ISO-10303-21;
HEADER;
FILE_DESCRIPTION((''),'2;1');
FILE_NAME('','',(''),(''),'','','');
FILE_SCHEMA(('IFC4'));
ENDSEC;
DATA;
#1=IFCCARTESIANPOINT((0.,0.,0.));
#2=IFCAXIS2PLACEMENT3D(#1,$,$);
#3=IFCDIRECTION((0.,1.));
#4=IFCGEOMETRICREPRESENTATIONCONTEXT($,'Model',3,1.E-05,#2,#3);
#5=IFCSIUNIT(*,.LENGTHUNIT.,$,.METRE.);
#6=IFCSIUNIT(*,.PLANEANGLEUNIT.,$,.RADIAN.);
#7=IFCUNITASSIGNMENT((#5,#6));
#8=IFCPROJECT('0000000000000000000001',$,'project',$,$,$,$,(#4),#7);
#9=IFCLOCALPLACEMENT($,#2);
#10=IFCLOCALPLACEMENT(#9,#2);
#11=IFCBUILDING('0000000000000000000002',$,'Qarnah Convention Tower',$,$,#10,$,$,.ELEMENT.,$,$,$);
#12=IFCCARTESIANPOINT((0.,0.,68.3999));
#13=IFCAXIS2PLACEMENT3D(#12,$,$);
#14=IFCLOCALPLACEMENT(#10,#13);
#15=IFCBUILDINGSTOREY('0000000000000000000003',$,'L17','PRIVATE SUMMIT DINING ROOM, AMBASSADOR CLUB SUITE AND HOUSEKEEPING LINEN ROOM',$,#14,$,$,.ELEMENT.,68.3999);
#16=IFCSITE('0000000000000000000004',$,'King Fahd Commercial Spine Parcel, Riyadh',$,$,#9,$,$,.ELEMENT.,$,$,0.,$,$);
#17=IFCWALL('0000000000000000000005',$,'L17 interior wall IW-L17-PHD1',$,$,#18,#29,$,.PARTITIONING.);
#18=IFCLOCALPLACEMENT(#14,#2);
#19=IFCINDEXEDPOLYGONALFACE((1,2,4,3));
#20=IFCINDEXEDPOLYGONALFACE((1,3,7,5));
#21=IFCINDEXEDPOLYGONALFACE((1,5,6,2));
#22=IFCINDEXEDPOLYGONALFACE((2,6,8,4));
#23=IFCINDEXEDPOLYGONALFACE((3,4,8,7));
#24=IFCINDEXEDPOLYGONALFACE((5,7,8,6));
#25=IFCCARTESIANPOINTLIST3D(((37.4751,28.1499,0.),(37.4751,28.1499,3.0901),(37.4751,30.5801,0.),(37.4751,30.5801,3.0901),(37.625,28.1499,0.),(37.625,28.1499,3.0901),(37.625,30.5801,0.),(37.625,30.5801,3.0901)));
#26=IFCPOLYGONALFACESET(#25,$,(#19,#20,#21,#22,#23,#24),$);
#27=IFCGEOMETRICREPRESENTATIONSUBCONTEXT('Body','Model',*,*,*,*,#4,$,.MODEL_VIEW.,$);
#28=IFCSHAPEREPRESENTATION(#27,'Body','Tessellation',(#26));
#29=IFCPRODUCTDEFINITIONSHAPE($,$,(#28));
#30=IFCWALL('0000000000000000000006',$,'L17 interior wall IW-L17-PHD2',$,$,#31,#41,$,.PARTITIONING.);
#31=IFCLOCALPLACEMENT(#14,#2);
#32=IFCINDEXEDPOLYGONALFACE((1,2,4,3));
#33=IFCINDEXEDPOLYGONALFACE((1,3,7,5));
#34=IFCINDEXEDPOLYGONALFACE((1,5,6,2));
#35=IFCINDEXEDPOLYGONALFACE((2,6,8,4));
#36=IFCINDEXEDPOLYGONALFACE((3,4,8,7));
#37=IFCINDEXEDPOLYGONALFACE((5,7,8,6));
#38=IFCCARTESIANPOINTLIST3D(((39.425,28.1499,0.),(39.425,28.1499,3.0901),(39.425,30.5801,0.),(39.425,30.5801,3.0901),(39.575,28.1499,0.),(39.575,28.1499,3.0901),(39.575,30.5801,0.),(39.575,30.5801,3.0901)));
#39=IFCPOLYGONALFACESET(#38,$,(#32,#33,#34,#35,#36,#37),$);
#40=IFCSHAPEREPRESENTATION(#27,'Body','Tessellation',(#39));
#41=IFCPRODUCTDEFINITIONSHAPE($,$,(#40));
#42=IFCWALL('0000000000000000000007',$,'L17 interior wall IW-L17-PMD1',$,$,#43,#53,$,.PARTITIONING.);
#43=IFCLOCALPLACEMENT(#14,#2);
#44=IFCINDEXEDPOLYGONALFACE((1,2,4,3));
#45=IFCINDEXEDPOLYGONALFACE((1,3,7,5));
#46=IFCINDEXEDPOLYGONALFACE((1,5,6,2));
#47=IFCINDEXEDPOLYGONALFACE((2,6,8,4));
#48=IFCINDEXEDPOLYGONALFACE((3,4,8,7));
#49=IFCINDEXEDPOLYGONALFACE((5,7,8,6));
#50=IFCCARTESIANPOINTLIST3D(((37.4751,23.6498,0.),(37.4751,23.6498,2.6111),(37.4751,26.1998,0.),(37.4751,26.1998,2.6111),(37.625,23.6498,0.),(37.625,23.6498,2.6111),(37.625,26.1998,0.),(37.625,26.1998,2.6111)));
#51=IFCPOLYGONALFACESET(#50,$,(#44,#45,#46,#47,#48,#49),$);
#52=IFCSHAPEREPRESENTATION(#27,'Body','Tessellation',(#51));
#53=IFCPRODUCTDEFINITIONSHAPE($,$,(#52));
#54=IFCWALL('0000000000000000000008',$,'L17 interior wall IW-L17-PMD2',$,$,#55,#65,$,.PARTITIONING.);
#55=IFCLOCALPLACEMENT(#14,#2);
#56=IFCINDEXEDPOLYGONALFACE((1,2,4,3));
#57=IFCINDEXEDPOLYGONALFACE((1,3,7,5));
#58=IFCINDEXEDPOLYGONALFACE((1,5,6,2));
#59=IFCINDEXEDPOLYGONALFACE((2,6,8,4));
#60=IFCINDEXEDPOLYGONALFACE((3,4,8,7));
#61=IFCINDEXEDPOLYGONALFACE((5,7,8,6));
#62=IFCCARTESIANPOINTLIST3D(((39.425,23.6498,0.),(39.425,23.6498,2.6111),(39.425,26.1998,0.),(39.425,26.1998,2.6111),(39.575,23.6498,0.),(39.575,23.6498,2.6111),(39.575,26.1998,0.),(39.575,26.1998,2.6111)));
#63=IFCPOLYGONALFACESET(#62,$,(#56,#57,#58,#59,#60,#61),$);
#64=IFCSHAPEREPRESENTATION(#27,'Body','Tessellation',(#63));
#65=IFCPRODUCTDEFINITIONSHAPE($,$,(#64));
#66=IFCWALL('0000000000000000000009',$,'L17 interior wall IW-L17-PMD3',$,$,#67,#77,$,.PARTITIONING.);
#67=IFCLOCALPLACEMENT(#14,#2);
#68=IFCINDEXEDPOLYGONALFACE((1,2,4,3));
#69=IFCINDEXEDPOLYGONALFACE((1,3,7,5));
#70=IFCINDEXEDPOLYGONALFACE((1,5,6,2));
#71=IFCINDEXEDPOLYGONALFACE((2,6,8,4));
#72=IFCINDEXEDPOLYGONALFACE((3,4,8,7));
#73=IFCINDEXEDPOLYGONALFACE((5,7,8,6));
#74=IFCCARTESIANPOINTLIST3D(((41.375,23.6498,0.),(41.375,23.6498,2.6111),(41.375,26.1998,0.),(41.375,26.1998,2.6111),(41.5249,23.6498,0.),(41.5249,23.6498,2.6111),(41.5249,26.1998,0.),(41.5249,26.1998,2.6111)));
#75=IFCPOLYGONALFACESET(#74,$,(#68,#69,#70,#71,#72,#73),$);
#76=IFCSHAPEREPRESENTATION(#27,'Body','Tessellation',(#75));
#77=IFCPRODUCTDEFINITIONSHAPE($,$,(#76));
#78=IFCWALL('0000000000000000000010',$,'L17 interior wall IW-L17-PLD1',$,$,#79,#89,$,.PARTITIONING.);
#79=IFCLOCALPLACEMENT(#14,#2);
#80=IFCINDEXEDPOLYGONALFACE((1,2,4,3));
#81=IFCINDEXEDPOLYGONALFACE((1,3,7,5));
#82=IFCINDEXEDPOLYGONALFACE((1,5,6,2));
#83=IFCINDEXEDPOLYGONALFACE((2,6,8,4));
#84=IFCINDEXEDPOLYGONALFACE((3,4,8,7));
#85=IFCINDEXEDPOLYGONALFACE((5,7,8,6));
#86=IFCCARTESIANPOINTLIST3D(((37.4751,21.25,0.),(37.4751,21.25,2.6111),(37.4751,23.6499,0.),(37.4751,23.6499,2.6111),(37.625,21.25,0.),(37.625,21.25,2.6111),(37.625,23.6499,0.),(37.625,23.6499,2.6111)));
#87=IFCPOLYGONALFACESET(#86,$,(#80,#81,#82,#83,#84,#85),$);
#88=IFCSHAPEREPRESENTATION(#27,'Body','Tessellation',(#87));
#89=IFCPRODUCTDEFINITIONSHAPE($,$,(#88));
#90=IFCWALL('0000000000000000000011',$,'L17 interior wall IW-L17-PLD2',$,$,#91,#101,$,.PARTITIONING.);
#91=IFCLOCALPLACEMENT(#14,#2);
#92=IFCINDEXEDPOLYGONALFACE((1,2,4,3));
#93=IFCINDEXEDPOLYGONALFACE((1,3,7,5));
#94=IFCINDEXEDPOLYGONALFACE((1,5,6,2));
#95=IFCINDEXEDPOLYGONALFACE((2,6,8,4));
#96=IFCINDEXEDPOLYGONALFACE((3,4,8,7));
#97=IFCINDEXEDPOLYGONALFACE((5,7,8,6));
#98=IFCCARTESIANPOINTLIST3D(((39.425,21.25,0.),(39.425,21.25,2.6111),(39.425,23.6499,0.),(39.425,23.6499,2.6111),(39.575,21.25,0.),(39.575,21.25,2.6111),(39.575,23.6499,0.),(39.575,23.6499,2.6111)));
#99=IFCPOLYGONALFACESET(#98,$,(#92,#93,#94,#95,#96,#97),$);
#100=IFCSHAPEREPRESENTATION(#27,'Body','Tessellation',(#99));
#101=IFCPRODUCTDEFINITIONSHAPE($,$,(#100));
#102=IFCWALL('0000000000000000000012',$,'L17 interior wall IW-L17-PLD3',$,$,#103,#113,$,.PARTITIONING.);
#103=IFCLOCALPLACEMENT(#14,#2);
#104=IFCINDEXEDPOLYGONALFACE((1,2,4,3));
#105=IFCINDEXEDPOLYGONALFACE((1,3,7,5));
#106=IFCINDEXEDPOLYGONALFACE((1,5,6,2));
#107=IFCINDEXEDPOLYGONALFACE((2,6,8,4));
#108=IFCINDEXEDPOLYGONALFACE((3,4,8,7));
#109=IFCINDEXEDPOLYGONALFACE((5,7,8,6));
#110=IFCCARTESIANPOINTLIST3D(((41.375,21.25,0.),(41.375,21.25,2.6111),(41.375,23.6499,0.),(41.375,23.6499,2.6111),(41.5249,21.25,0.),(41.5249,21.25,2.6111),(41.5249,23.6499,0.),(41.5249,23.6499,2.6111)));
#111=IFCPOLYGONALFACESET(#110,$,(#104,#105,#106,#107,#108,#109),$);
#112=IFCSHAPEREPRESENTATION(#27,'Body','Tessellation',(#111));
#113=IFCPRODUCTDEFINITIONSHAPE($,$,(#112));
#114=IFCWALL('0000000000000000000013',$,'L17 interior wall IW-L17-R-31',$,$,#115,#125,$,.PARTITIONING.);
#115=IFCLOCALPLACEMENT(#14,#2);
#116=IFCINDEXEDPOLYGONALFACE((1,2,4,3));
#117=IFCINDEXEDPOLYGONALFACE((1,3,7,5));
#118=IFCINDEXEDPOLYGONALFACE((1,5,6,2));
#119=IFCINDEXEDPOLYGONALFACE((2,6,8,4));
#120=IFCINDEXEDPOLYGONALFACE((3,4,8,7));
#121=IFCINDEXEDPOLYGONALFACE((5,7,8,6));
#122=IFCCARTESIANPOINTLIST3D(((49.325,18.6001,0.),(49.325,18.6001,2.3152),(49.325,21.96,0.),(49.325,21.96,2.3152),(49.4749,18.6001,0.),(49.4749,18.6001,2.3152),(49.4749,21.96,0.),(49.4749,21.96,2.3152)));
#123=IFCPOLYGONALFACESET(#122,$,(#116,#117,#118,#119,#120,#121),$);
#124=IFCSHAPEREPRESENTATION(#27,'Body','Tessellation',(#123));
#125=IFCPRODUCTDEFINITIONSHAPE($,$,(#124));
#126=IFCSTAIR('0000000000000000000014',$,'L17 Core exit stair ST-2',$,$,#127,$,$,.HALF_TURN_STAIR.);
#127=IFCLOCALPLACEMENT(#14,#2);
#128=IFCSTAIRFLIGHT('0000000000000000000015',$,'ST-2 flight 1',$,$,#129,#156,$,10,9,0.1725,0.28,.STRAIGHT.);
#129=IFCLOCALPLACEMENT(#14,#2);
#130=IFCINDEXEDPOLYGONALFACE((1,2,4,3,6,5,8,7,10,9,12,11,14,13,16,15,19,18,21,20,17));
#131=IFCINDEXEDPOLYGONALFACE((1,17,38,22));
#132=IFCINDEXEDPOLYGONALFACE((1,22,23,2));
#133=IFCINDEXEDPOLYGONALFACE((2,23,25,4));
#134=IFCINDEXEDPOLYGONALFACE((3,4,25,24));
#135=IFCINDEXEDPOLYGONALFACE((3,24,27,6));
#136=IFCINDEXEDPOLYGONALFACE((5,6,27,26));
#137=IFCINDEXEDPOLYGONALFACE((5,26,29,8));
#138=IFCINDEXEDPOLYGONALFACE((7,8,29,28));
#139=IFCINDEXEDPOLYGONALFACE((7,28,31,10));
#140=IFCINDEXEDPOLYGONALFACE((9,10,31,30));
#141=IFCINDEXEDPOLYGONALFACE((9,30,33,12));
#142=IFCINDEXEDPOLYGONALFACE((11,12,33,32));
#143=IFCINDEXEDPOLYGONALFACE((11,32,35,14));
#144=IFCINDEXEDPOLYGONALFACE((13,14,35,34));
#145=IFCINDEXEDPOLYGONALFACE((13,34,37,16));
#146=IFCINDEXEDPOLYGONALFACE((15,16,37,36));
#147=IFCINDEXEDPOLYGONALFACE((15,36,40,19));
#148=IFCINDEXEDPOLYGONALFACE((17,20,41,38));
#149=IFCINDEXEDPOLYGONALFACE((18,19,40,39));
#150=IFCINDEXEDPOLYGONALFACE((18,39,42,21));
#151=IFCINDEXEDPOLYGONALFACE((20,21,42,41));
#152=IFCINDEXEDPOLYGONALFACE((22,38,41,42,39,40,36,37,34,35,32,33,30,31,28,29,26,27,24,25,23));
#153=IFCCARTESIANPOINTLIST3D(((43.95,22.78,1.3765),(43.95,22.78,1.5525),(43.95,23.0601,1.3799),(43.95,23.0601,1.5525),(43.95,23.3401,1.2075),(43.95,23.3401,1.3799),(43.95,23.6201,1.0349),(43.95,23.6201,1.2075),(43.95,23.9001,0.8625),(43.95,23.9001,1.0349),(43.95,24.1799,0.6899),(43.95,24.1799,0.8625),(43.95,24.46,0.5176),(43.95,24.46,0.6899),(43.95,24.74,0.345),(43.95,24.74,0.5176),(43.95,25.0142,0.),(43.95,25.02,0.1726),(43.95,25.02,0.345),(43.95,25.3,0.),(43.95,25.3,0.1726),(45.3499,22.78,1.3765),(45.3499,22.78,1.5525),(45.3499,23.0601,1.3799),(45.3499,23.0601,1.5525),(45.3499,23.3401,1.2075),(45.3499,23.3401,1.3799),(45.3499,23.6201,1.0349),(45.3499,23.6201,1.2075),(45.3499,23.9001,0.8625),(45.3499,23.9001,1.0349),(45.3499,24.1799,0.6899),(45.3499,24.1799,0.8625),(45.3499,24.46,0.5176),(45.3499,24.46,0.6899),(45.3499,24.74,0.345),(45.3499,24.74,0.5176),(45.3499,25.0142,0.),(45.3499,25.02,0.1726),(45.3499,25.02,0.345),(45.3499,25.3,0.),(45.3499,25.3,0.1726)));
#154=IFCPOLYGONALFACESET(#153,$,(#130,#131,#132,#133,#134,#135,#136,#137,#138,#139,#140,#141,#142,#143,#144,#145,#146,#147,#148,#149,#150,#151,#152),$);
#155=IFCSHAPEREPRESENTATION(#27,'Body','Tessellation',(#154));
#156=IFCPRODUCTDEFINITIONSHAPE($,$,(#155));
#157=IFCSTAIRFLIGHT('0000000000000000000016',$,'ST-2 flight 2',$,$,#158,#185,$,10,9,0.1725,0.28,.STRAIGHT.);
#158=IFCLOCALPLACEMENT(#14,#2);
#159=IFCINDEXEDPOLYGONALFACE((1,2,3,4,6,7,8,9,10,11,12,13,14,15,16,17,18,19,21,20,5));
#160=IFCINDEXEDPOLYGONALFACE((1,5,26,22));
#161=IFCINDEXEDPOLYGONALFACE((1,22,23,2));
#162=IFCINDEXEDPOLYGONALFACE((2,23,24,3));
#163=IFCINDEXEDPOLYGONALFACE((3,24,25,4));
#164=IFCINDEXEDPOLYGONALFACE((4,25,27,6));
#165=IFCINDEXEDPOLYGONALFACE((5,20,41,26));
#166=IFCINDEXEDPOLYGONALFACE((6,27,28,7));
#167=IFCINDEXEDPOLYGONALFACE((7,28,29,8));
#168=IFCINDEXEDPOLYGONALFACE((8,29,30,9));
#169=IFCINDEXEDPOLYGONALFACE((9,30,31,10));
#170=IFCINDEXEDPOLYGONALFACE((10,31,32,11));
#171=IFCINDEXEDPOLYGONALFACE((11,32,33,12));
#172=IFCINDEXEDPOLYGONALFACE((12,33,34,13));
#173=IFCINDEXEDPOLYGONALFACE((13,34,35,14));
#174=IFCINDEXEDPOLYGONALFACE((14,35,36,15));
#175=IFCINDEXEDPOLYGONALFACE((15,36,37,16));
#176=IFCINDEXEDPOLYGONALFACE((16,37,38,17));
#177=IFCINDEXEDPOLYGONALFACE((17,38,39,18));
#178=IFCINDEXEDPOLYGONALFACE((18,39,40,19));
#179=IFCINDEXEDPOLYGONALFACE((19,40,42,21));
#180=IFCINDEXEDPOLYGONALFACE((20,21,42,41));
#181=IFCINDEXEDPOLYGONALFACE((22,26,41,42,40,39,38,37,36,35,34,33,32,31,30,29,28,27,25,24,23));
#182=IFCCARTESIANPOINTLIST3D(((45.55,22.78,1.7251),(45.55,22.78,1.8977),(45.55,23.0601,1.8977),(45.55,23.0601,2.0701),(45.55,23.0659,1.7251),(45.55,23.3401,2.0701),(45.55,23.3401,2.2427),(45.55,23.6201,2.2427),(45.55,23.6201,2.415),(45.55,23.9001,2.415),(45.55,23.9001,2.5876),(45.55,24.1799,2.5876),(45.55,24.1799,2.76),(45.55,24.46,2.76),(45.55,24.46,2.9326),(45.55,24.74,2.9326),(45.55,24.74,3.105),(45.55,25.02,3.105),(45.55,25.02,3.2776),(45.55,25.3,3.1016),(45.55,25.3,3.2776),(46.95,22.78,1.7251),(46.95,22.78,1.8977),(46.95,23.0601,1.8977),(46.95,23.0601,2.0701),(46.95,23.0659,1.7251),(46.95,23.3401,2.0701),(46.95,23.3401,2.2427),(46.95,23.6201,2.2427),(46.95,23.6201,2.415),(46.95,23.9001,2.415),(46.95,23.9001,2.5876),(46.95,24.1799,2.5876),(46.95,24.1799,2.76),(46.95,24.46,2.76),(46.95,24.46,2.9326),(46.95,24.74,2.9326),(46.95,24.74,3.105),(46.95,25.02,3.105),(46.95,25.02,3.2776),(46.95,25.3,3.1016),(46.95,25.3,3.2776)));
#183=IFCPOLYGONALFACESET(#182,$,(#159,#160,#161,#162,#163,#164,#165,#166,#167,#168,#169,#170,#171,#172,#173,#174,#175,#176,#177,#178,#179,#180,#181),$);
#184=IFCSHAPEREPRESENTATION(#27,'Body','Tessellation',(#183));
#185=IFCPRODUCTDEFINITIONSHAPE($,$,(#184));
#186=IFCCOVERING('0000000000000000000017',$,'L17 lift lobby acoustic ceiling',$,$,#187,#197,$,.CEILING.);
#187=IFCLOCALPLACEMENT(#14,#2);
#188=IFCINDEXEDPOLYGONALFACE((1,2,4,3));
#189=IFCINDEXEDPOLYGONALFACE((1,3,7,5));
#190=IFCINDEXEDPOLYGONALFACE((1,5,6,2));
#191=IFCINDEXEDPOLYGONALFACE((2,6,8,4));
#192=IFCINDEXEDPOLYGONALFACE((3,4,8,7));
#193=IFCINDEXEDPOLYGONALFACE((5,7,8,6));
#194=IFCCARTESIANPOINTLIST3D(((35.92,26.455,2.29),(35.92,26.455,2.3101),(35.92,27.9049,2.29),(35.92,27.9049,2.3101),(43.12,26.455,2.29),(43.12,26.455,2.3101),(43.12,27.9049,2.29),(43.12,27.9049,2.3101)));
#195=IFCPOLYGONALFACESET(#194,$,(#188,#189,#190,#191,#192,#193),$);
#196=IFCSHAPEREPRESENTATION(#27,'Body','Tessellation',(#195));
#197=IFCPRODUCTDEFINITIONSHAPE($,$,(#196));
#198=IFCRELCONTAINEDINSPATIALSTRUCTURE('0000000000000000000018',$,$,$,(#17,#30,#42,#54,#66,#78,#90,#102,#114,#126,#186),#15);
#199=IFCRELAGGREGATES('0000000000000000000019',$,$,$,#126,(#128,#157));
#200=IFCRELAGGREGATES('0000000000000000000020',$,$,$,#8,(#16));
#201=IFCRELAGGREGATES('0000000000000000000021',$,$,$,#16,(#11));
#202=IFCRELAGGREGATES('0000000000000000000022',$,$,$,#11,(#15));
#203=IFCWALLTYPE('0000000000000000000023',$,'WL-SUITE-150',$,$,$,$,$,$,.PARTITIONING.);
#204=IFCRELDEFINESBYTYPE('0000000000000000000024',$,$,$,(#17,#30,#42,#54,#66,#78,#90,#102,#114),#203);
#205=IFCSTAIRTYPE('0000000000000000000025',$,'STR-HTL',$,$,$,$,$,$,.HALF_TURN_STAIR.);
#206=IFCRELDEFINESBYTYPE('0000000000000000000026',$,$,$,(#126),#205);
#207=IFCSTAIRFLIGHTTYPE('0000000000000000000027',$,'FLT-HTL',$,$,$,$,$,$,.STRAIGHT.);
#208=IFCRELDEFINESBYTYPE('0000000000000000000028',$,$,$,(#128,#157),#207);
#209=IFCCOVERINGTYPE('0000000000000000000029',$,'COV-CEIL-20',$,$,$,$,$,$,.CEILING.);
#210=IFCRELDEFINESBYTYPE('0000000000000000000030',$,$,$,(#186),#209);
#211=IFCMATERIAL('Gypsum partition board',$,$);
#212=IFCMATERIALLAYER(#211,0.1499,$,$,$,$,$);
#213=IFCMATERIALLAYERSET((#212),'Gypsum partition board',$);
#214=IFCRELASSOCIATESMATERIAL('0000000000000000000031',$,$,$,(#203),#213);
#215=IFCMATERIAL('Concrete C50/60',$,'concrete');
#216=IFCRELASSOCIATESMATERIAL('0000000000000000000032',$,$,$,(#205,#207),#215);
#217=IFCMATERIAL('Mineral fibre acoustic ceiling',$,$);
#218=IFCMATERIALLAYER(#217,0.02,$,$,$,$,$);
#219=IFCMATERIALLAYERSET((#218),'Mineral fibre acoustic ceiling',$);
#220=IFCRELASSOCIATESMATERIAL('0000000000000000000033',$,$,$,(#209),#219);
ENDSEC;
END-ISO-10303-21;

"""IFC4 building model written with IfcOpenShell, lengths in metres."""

from ifc_helpers import new_model, si_unit, direction, frame, frame_2d, origin, origin_2d, place, context, subcontext, project, spatial, polyline, rectangle, outline, extrude, material, layer, layer_set, type_object, element, aggregate, save


model = new_model("IFC4")

# Units and contexts
model_context = context("Model", 3, precision=1e-05, world=origin(), true_north=direction((0.0, 1.0)))
body_context = subcontext(model_context, "Body", "Model", "MODEL_VIEW")
ifc_project = project(units=[si_unit("LENGTHUNIT", "METRE"), si_unit("PLANEANGLEUNIT", "RADIAN")], contexts=[model_context])

# Site, building, storey
site_placement = place(None, origin())
site = spatial("IfcSite", under=ifc_project, at=site_placement, Name="King Fahd Commercial Spine Parcel, Riyadh", CompositionType="ELEMENT", RefElevation=0.0)
building_placement = place(site_placement, origin())
building = spatial("IfcBuilding", under=site, at=building_placement, Name="Qarnah Convention Tower", CompositionType="ELEMENT")
storey_placement = place(building_placement, frame((0.0, 0.0, 68.3999)))
storey = spatial("IfcBuildingStorey", under=building, at=storey_placement, Name="L17", Description="PRIVATE SUMMIT DINING ROOM, AMBASSADOR CLUB SUITE AND HOUSEKEEPING LINEN ROOM", CompositionType="ELEMENT", Elevation=68.3999)

# Walls
ifc_material_1 = material(Name="Gypsum partition board")
ifc_layer_1 = layer(ifc_material_1, 0.1499)
ifc_layer_set_1 = layer_set([ifc_layer_1], Name="Gypsum partition board")
wall_type_1 = type_object("IfcWallType", Name="WL-SUITE-150", PredefinedType="PARTITIONING", material=ifc_layer_set_1)
for number, where, z_axis, x_axis, name in (
    (1, (37.55, 28.1499, 0.0), (0.0, 0.0, 1.0), (0.0, 1.0, 0.0), "L17 interior wall IW-L17-PHD1"),
    (2, (39.5, 28.1499, 0.0), (0.0, 0.0, 1.0), (0.0, 1.0, 0.0), "L17 interior wall IW-L17-PHD2"),
):
    element("IfcWall", number, at=place(storey_placement, frame(where, z_axis=z_axis, x_axis=x_axis)), inside=storey, type_object=wall_type_1, Name=name, PredefinedType="PARTITIONING", context=body_context, shape_type="SweptSolid", body=[
        extrude(rectangle(XDim=2.4302, YDim=0.1499, at=frame_2d((1.2151, 0.0))), origin(), (0.0, 0.0, 1.0), 3.0901),
    ])
for number, where, z_axis, x_axis, name in (
    (3, (37.55, 23.6499, 0.0), (0.0, 0.0, 1.0), (0.0, 1.0, 0.0), "L17 interior wall IW-L17-PMD1"),
    (4, (39.5, 23.6499, 0.0), (0.0, 0.0, 1.0), (0.0, 1.0, 0.0), "L17 interior wall IW-L17-PMD2"),
    (5, (41.45, 23.6499, 0.0), (0.0, 0.0, 1.0), (0.0, 1.0, 0.0), "L17 interior wall IW-L17-PMD3"),
):
    element("IfcWall", number, at=place(storey_placement, frame(where, z_axis=z_axis, x_axis=x_axis)), inside=storey, type_object=wall_type_1, Name=name, PredefinedType="PARTITIONING", context=body_context, shape_type="SweptSolid", body=[
        extrude(rectangle(XDim=2.55, YDim=0.1499, at=frame_2d((1.2749, 0.0))), origin(), (0.0, 0.0, 1.0), 2.6111),
    ])
for number, where, z_axis, x_axis, name in (
    (6, (37.55, 21.25, 0.0), (0.0, 0.0, 1.0), (0.0, 1.0, 0.0), "L17 interior wall IW-L17-PLD1"),
    (7, (39.5, 21.25, 0.0), (0.0, 0.0, 1.0), (0.0, 1.0, 0.0), "L17 interior wall IW-L17-PLD2"),
    (8, (41.45, 21.25, 0.0), (0.0, 0.0, 1.0), (0.0, 1.0, 0.0), "L17 interior wall IW-L17-PLD3"),
):
    element("IfcWall", number, at=place(storey_placement, frame(where, z_axis=z_axis, x_axis=x_axis)), inside=storey, type_object=wall_type_1, Name=name, PredefinedType="PARTITIONING", context=body_context, shape_type="SweptSolid", body=[
        extrude(rectangle(XDim=2.3999, YDim=0.1499, at=frame_2d((1.2, 0.0))), origin(), (0.0, 0.0, 1.0), 2.6111),
    ])
wall_1_placement = place(storey_placement, frame((49.3999, 21.96, 0.0), z_axis=(0.0, 0.0, 1.0), x_axis=(0.0, -1.0, 0.0)))
element("IfcWall", 9, at=wall_1_placement, inside=storey, type_object=wall_type_1, Name="L17 interior wall IW-L17-R-31", PredefinedType="PARTITIONING", context=body_context, shape_type="SweptSolid", body=[
    extrude(rectangle(XDim=3.3599, YDim=0.1499, at=frame_2d((1.6799, 0.0))), origin(), (0.0, 0.0, 1.0), 2.3152),
])

# Stair, stair flights
ifc_material_2 = material(Name="Concrete C50/60", Category="concrete")
stair_type = type_object("IfcStairType", Name="STR-HTL", PredefinedType="HALF_TURN_STAIR", material=ifc_material_2)
stair_placement = place(storey_placement, origin())
stair = element("IfcStair", 10, at=stair_placement, inside=storey, type_object=stair_type, Name="L17 Core exit stair ST-2", PredefinedType="HALF_TURN_STAIR")
stair_flight_type = type_object("IfcStairFlightType", Name="FLT-HTL", PredefinedType="STRAIGHT", material=ifc_material_2)
stair_flight_1_placement = place(storey_placement, frame((44.6499, 25.3, 0.0), z_axis=(0.0, 0.0, 1.0), x_axis=(0.0, -1.0, 0.0)))
stair_flight_1 = element("IfcStairFlight", 11, at=stair_flight_1_placement, type_object=stair_flight_type, Name="ST-2 flight 1", NumberOfRisers=10, NumberOfTreads=9, PredefinedType="STRAIGHT", RiserHeight=0.1725, TreadLength=0.28, context=body_context, shape_type="SweptSolid", body=[
    extrude(outline(polyline([(0.0, 0.0), (0.0, 0.1726), (0.28, 0.1726), (0.28, 0.345), (0.5601, 0.345), (0.5601, 0.5176), (0.8401, 0.5176), (0.8401, 0.6899), (1.1201, 0.6899), (1.1201, 0.8625), (1.3999, 0.8625), (1.3999, 1.0349), (1.6799, 1.0349), (1.6799, 1.2075), (1.96, 1.2075), (1.96, 1.3799), (2.24, 1.3799), (2.24, 1.5525), (2.52, 1.5525), (2.52, 1.7251), (2.52, 1.3765), (0.2859, 0.0), (0.0, 0.0)])), frame((0.0, 0.7, 0.0), z_axis=(0.0, -1.0, 0.0), x_axis=(1.0, 0.0, 0.0)), (0.0, 0.0, 1.0), 1.3999),
])
stair_flight_2_placement = place(storey_placement, frame((46.25, 22.78, 1.7251), z_axis=(0.0, 0.0, 1.0), x_axis=(0.0, 1.0, 0.0)))
stair_flight_2 = element("IfcStairFlight", 12, at=stair_flight_2_placement, type_object=stair_flight_type, Name="ST-2 flight 2", NumberOfRisers=10, NumberOfTreads=9, PredefinedType="STRAIGHT", RiserHeight=0.1725, TreadLength=0.28, context=body_context, shape_type="SweptSolid", body=[
    extrude(outline(polyline([(0.0, 0.0), (0.0, 0.1726), (0.28, 0.1726), (0.28, 0.345), (0.5601, 0.345), (0.5601, 0.5176), (0.8401, 0.5176), (0.8401, 0.6899), (1.1201, 0.6899), (1.1201, 0.8625), (1.3999, 0.8625), (1.3999, 1.0349), (1.6799, 1.0349), (1.6799, 1.2075), (1.96, 1.2075), (1.96, 1.3799), (2.24, 1.3799), (2.24, 1.5525), (2.52, 1.5525), (2.52, 1.7251), (2.52, 1.3765), (0.2859, 0.0), (0.0, 0.0)])), frame((0.0, 0.7, 0.0), z_axis=(0.0, -1.0, 0.0), x_axis=(1.0, 0.0, 0.0)), (0.0, 0.0, 1.0), 1.3999),
])
aggregate(stair, [stair_flight_1, stair_flight_2])

# Covering
ifc_material_3 = material(Name="Mineral fibre acoustic ceiling")
ifc_layer_2 = layer(ifc_material_3, 0.02)
ifc_layer_set_2 = layer_set([ifc_layer_2], Name="Mineral fibre acoustic ceiling")
covering_type = type_object("IfcCoveringType", Name="COV-CEIL-20", PredefinedType="CEILING", material=ifc_layer_set_2)
covering_placement = place(storey_placement, frame((39.52, 27.1799, 2.29), z_axis=(0.0, 0.0, 1.0), x_axis=(1.0, 0.0, 0.0)))
element("IfcCovering", 13, at=covering_placement, inside=storey, type_object=covering_type, Name="L17 lift lobby acoustic ceiling", PredefinedType="CEILING", context=body_context, shape_type="SweptSolid", body=[
    extrude(rectangle(XDim=7.2, YDim=1.45, at=origin_2d()), origin(), (0.0, 0.0, 1.0), 0.02),
])

save(model, "model.ifc")
